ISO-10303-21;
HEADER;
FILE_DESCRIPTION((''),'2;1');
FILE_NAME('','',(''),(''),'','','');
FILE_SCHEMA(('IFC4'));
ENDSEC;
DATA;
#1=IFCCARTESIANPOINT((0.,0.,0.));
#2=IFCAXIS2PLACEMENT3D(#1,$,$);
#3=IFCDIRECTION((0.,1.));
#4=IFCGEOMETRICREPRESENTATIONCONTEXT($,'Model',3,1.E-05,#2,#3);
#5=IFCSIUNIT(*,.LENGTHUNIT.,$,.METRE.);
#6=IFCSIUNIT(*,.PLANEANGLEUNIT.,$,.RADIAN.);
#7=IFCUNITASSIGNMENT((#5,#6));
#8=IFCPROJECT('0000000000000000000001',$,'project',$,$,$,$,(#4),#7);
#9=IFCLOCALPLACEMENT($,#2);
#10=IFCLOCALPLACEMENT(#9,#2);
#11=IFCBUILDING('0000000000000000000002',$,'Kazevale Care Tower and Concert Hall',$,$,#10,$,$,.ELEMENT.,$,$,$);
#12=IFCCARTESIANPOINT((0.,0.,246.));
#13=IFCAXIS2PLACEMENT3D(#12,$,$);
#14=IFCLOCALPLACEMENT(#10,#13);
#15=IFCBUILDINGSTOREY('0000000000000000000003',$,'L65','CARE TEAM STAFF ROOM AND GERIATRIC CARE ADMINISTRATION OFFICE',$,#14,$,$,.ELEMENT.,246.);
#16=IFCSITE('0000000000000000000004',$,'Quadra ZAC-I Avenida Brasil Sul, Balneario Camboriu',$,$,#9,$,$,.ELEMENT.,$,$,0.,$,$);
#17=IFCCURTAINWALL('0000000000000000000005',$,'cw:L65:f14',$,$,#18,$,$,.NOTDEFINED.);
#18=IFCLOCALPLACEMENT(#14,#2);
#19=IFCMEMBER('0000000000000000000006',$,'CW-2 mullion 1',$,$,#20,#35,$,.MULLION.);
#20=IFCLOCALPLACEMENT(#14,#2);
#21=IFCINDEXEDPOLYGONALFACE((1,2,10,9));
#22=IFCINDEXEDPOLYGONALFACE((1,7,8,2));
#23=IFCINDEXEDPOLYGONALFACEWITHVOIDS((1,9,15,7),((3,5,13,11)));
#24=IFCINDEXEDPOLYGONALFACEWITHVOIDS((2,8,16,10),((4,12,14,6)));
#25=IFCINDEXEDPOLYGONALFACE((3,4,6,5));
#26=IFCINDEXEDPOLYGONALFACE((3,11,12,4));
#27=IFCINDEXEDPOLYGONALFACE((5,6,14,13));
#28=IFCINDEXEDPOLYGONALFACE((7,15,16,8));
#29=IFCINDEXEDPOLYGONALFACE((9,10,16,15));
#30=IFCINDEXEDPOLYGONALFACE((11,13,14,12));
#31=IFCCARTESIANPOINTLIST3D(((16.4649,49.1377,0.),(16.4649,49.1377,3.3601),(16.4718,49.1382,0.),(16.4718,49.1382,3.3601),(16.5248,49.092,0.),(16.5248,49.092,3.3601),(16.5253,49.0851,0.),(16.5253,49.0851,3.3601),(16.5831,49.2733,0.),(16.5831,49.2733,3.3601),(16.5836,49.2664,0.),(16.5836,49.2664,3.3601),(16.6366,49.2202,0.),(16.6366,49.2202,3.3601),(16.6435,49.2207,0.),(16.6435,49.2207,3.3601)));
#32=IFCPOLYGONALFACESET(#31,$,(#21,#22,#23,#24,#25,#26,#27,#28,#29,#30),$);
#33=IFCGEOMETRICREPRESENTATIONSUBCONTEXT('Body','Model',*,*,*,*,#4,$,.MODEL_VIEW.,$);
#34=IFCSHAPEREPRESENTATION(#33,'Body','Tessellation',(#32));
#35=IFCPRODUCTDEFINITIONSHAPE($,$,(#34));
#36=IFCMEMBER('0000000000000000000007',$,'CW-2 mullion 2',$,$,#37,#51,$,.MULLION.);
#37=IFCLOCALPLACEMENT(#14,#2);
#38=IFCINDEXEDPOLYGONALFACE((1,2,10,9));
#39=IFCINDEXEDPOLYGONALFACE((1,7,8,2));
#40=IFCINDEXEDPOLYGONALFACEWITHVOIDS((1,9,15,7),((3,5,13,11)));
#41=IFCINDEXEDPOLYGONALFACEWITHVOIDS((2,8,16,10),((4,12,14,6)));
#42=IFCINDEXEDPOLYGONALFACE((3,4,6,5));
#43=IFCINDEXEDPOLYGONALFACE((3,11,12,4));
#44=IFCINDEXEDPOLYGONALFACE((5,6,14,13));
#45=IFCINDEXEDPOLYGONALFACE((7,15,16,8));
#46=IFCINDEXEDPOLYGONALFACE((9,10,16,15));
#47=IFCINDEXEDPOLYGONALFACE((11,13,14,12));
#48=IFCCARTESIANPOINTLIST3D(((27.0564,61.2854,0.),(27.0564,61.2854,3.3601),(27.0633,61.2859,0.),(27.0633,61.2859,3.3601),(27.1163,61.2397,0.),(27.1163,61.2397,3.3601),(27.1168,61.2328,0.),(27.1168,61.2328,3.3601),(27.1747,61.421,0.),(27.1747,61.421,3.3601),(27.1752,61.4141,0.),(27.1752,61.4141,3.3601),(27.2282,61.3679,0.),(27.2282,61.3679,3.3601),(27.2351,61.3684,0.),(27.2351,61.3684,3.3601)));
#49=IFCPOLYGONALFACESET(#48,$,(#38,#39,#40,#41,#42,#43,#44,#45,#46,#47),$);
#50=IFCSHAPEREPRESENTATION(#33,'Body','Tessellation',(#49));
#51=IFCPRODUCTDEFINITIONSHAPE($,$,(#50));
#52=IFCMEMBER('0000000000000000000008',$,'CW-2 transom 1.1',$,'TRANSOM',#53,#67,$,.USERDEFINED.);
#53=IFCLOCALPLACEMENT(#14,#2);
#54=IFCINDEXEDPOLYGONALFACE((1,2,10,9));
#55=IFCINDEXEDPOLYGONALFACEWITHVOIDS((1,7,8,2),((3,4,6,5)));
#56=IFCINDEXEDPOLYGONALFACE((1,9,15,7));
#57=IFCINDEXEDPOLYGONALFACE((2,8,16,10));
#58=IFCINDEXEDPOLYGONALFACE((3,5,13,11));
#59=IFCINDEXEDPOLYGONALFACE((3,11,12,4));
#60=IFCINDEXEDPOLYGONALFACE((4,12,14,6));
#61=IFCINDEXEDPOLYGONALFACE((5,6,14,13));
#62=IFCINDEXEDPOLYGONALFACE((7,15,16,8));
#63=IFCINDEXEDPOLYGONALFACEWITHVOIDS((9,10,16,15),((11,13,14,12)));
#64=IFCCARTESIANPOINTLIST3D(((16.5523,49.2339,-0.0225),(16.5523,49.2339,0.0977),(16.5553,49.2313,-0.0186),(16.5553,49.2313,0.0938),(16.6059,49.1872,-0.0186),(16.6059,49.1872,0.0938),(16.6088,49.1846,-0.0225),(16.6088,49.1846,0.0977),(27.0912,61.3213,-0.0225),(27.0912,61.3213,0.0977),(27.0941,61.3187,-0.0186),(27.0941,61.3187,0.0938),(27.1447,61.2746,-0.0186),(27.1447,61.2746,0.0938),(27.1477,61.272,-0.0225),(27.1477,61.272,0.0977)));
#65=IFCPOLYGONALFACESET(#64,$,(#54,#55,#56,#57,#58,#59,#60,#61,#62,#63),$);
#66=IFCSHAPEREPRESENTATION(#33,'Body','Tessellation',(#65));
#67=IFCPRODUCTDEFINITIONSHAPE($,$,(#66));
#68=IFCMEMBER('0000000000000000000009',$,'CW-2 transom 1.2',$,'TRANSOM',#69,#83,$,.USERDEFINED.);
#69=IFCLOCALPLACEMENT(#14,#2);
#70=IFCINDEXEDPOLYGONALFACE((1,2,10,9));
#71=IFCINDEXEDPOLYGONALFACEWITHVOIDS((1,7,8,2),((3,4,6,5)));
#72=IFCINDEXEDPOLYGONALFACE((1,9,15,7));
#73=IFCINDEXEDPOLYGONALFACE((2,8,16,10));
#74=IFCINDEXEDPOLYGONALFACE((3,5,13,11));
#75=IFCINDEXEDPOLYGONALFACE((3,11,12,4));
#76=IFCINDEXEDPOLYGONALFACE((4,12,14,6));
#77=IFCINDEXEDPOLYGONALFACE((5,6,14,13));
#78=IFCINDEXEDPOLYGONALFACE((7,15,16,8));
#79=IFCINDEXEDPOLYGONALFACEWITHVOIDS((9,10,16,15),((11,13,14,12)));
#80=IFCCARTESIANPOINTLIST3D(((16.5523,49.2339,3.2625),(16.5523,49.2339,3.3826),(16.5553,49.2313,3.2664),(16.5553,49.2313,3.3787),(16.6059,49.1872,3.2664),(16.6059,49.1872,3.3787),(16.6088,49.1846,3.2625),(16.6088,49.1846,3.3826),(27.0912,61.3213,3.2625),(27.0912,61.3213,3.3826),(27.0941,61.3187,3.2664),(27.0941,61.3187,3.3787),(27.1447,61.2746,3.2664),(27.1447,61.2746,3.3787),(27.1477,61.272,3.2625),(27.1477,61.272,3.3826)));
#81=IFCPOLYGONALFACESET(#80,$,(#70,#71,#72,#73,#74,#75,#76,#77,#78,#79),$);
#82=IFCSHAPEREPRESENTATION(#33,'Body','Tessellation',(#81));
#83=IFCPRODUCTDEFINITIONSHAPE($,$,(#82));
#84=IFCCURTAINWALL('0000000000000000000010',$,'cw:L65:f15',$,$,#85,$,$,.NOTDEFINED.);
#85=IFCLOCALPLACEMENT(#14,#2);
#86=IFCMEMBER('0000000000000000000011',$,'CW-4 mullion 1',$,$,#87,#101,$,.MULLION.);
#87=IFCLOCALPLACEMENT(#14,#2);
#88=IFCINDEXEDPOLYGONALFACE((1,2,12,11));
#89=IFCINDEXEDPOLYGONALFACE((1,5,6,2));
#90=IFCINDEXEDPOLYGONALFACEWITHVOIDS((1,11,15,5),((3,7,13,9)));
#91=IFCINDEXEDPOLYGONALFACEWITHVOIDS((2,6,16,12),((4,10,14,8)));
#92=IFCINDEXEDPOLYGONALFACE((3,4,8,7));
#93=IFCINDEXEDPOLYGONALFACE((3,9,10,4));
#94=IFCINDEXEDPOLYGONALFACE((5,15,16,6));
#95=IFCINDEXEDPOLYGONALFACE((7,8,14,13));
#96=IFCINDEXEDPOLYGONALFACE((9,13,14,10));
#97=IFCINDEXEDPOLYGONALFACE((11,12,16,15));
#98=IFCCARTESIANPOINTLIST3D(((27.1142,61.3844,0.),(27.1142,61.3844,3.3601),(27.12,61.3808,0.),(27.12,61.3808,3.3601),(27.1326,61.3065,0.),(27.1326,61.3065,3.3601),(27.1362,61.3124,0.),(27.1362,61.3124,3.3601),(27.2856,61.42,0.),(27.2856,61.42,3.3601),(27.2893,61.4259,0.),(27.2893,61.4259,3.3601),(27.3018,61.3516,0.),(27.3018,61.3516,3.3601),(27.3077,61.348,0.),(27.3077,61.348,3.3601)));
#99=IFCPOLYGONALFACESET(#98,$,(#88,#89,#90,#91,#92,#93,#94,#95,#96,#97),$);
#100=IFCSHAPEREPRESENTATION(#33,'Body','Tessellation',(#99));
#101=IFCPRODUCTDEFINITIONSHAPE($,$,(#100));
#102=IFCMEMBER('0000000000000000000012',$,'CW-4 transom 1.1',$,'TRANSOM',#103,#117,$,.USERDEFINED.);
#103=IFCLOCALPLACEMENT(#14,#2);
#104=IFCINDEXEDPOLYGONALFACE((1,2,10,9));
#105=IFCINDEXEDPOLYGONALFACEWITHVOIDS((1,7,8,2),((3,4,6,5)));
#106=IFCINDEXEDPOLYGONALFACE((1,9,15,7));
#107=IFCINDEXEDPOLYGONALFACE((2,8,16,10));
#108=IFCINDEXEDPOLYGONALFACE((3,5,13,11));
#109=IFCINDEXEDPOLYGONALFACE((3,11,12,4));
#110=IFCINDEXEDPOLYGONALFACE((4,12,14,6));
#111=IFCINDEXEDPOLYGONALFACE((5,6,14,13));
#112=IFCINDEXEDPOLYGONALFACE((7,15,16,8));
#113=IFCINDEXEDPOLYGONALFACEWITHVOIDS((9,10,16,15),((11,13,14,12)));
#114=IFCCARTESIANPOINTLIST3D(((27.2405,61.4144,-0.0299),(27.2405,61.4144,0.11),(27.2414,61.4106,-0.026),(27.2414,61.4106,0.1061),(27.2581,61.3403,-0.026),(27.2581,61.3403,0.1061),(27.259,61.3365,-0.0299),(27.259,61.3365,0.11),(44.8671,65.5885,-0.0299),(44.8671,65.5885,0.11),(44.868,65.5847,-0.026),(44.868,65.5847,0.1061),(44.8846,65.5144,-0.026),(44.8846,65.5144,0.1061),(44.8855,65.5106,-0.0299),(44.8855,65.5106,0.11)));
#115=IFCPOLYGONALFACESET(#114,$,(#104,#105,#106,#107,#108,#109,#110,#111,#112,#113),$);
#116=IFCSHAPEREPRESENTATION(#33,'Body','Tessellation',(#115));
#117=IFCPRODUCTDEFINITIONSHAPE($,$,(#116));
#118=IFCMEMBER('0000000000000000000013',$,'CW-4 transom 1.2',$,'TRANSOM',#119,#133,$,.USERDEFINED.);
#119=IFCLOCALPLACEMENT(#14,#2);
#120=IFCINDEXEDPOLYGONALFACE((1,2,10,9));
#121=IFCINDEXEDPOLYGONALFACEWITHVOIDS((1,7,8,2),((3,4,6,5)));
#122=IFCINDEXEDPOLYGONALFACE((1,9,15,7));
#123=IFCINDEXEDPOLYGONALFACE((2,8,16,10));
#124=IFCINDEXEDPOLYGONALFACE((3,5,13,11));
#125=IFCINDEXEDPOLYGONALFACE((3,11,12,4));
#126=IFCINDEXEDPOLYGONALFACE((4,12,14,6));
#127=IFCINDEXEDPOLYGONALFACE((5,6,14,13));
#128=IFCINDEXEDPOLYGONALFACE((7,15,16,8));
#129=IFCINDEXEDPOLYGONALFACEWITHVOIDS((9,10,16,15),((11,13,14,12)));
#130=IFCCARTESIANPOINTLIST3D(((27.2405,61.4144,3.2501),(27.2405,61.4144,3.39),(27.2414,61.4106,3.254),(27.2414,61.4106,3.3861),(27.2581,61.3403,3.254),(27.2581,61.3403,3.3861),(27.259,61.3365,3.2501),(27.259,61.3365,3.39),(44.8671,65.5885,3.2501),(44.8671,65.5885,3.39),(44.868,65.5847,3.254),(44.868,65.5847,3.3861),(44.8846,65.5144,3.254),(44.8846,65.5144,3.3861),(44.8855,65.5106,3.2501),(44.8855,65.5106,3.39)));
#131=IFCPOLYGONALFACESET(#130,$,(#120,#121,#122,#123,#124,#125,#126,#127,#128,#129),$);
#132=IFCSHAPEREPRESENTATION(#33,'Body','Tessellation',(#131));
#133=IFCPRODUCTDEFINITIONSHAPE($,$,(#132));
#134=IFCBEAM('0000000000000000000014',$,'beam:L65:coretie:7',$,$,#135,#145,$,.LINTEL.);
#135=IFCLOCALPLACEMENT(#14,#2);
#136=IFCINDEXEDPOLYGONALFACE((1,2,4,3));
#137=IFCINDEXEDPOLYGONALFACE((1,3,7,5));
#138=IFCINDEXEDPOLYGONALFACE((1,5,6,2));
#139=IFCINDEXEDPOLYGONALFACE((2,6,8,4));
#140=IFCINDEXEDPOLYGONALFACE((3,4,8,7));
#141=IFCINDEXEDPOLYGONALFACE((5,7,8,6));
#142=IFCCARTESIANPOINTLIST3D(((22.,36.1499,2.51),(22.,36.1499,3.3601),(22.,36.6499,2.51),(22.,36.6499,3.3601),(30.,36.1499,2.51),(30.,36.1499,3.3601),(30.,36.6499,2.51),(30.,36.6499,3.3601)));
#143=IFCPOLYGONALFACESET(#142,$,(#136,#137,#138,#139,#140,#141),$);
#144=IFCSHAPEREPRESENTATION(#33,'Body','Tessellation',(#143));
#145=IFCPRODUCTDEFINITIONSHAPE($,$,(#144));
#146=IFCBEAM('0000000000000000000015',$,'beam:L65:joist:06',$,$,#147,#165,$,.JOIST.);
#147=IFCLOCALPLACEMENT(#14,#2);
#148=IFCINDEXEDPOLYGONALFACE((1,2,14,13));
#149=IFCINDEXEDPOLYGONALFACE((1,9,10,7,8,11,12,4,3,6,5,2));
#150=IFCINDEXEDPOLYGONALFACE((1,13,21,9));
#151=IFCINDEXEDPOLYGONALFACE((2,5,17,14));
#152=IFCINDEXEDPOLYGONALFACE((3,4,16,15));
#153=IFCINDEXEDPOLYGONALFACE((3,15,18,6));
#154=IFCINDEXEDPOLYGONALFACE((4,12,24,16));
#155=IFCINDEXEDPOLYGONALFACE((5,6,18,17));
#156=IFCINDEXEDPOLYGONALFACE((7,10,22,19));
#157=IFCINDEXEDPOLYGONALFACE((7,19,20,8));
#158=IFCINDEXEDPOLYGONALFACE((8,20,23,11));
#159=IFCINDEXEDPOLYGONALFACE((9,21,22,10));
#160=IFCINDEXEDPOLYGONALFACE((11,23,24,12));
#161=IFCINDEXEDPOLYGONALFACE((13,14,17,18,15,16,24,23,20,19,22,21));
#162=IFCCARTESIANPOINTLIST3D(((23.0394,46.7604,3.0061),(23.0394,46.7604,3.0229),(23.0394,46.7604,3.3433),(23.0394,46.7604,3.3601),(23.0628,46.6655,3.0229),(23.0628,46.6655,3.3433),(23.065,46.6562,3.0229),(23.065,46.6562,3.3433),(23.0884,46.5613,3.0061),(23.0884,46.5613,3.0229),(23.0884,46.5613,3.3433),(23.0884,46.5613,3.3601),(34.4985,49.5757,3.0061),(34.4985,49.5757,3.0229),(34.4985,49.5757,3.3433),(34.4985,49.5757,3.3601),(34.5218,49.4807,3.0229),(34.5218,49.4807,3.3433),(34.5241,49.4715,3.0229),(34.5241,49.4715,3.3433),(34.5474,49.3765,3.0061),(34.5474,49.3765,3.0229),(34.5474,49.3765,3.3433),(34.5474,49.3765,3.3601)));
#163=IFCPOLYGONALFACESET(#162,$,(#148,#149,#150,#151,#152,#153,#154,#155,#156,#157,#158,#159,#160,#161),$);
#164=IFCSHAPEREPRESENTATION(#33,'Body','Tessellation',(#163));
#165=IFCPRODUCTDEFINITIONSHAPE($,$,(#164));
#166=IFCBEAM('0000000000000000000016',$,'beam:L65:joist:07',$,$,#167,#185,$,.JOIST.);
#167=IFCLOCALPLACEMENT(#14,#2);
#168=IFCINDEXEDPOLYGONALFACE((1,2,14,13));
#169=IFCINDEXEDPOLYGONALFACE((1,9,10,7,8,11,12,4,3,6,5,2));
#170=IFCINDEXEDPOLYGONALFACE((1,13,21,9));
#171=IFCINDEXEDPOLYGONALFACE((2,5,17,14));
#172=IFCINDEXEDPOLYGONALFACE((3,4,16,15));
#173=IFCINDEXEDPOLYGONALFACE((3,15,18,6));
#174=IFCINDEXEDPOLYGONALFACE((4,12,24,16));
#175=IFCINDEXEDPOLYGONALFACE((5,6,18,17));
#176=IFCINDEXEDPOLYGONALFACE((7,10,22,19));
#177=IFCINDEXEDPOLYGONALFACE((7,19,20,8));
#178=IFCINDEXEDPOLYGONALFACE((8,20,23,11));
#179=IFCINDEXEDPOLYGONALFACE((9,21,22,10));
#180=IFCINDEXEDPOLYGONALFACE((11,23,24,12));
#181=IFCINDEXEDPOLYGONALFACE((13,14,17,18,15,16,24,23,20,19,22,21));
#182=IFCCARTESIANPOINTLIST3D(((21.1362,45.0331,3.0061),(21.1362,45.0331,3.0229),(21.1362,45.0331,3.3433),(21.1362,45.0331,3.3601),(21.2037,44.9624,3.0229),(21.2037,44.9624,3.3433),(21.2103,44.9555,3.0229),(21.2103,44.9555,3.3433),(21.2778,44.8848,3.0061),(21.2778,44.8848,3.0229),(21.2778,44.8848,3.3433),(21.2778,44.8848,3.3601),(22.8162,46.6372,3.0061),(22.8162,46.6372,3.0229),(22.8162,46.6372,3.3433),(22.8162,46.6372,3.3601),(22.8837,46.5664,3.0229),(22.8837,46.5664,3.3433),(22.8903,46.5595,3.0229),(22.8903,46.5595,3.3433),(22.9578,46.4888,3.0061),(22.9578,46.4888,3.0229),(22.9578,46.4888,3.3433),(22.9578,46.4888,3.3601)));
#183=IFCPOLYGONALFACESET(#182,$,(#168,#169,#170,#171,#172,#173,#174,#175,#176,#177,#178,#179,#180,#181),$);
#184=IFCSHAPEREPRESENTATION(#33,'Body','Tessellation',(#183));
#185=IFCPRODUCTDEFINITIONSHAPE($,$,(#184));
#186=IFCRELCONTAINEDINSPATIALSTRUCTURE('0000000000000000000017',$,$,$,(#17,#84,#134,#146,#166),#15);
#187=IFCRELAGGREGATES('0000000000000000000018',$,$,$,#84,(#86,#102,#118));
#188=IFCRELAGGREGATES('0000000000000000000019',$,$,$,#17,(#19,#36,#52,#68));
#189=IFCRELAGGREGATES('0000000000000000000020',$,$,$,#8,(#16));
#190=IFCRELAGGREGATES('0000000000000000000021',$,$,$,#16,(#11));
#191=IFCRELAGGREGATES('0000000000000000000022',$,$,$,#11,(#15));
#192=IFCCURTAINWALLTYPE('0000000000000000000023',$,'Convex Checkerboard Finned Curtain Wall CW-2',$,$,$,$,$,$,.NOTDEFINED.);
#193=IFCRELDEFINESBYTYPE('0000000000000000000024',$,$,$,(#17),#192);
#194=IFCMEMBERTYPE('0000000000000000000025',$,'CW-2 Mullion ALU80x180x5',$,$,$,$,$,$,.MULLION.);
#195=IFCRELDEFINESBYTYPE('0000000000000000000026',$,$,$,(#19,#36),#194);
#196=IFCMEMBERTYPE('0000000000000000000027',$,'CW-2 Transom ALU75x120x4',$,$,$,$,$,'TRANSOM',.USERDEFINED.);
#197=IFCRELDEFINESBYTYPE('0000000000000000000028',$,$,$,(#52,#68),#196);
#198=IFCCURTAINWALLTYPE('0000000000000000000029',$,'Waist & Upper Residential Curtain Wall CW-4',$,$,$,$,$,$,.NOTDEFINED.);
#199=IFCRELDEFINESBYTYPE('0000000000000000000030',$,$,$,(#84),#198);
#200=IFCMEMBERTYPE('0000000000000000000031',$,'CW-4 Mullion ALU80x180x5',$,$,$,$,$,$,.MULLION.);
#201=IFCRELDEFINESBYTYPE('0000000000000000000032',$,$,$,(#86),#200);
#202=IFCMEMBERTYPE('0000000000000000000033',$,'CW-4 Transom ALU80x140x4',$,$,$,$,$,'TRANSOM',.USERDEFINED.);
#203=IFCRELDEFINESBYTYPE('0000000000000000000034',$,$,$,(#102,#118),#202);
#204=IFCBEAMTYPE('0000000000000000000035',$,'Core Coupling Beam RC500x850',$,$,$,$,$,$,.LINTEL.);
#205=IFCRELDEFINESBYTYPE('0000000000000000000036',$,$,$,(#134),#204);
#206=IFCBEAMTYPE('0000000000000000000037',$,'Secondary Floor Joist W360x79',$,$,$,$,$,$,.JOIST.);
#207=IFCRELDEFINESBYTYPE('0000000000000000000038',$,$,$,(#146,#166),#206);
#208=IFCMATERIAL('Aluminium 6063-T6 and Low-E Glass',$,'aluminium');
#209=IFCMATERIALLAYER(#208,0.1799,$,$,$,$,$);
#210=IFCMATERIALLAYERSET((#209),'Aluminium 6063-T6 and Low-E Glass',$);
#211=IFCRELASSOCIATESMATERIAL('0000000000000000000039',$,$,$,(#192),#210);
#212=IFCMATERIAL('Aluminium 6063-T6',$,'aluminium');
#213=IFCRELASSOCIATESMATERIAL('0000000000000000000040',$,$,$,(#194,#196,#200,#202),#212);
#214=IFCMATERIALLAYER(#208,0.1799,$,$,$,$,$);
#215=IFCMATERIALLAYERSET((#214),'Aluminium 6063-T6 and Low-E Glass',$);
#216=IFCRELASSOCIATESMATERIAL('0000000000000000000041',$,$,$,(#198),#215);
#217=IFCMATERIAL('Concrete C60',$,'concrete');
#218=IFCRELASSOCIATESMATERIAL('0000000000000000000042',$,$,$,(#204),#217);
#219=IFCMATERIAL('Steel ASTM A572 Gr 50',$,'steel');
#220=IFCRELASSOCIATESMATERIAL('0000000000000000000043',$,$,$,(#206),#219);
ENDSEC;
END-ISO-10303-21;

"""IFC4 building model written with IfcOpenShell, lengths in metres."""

from ifc_helpers import new_model, si_unit, direction, frame, origin, origin_2d, place, context, subcontext, project, spatial, rectangle, hollow_rectangle, i_section, extrude, material, layer, layer_set, material_profile, profile_set, type_object, element, aggregate, save


model = new_model("IFC4")

# Units and contexts
model_context = context("Model", 3, precision=1e-05, world=origin(), true_north=direction((0.0, 1.0)))
body_context = subcontext(model_context, "Body", "Model", "MODEL_VIEW")
ifc_project = project(units=[si_unit("LENGTHUNIT", "METRE"), si_unit("PLANEANGLEUNIT", "RADIAN")], contexts=[model_context])

# Site, building, storey
site_placement = place(None, origin())
site = spatial("IfcSite", under=ifc_project, at=site_placement, Name="Quadra ZAC-I Avenida Brasil Sul, Balneario Camboriu", CompositionType="ELEMENT", RefElevation=0.0)
building_placement = place(site_placement, origin())
building = spatial("IfcBuilding", under=site, at=building_placement, Name="Kazevale Care Tower and Concert Hall", CompositionType="ELEMENT")
storey_placement = place(building_placement, frame((0.0, 0.0, 246.0)))
storey = spatial("IfcBuildingStorey", under=building, at=storey_placement, Name="L65", Description="CARE TEAM STAFF ROOM AND GERIATRIC CARE ADMINISTRATION OFFICE", CompositionType="ELEMENT", Elevation=246.0)

# Curtain walls, members
ifc_material_1 = material(Name="Aluminium 6063-T6 and Low-E Glass", Category="aluminium")
ifc_layer_1 = layer(ifc_material_1, 0.1799)
ifc_layer_set_1 = layer_set([ifc_layer_1], Name="Aluminium 6063-T6 and Low-E Glass")
curtain_wall_type_1 = type_object("IfcCurtainWallType", Name="Convex Checkerboard Finned Curtain Wall CW-2", PredefinedType="NOTDEFINED", material=ifc_layer_set_1)
curtain_wall_1_placement = place(storey_placement, origin())
curtain_wall_1 = element("IfcCurtainWall", 1, at=curtain_wall_1_placement, inside=storey, type_object=curtain_wall_type_1, Name="cw:L65:f14", PredefinedType="NOTDEFINED")
ifc_material_2 = material(Name="Aluminium 6063-T6", Category="aluminium")
ifc_material_profile_1 = material_profile(ifc_material_2, hollow_rectangle(XDim=0.0801, YDim=0.1799, WallThickness=0.0049, at=origin_2d()), Name="ALU80x180x5")
ifc_profile_set_1 = profile_set([ifc_material_profile_1], Name="Aluminium 6063-T6")
member_type_1 = type_object("IfcMemberType", Name="CW-2 Mullion ALU80x180x5", PredefinedType="MULLION", material=ifc_profile_set_1)
member_1_placement = place(storey_placement, frame((16.5542, 49.1792, 0.0), z_axis=(0.0, 0.0, 1.0), x_axis=(-0.753738, 0.657175, 0.0)))
member_1 = element("IfcMember", 2, at=member_1_placement, type_object=member_type_1, Name="CW-2 mullion 1", PredefinedType="MULLION", context=body_context, shape_type="SweptSolid", body=[
    extrude(hollow_rectangle(XDim=0.0801, YDim=0.1799, WallThickness=0.0049, at=origin_2d()), origin(), (0.0, 0.0, 1.0), 3.3601),
])
member_2_placement = place(storey_placement, frame((27.1458, 61.3269, 0.0), z_axis=(0.0, 0.0, 1.0), x_axis=(-0.753738, 0.657175, 0.0)))
member_2 = element("IfcMember", 3, at=member_2_placement, type_object=member_type_1, Name="CW-2 mullion 2", PredefinedType="MULLION", context=body_context, shape_type="SweptSolid", body=[
    extrude(hollow_rectangle(XDim=0.0801, YDim=0.1799, WallThickness=0.0049, at=origin_2d()), origin(), (0.0, 0.0, 1.0), 3.3601),
])
ifc_material_profile_2 = material_profile(ifc_material_2, hollow_rectangle(XDim=0.075, YDim=0.1201, WallThickness=0.0039, at=origin_2d()), Name="ALU75x120x4")
ifc_profile_set_2 = profile_set([ifc_material_profile_2], Name="Aluminium 6063-T6")
member_type_2 = type_object("IfcMemberType", Name="CW-2 Transom ALU75x120x4", ElementType="TRANSOM", PredefinedType="USERDEFINED", material=ifc_profile_set_2)
member_3_placement = place(storey_placement, frame((16.5806, 49.2092, 0.0376), z_axis=(0.657174, 0.753739, 0.0), x_axis=(-0.753739, 0.657174, 0.0)))
member_3 = element("IfcMember", 4, at=member_3_placement, type_object=member_type_2, Name="CW-2 transom 1.1", ObjectType="TRANSOM", PredefinedType="USERDEFINED", context=body_context, shape_type="SweptSolid", body=[
    extrude(hollow_rectangle(XDim=0.075, YDim=0.1201, WallThickness=0.0039, at=origin_2d()), origin(), (0.0, 0.0, 1.0), 16.0366),
])
member_4_placement = place(storey_placement, frame((16.5806, 49.2092, 3.3225), z_axis=(0.657174, 0.753739, 0.0), x_axis=(-0.753739, 0.657174, 0.0)))
member_4 = element("IfcMember", 5, at=member_4_placement, type_object=member_type_2, Name="CW-2 transom 1.2", ObjectType="TRANSOM", PredefinedType="USERDEFINED", context=body_context, shape_type="SweptSolid", body=[
    extrude(hollow_rectangle(XDim=0.075, YDim=0.1201, WallThickness=0.0039, at=origin_2d()), origin(), (0.0, 0.0, 1.0), 16.0366),
])
ifc_layer_2 = layer(ifc_material_1, 0.1799)
ifc_layer_set_2 = layer_set([ifc_layer_2], Name="Aluminium 6063-T6 and Low-E Glass")
curtain_wall_type_2 = type_object("IfcCurtainWallType", Name="Waist & Upper Residential Curtain Wall CW-4", PredefinedType="NOTDEFINED", material=ifc_layer_set_2)
curtain_wall_2_placement = place(storey_placement, origin())
curtain_wall_2 = element("IfcCurtainWall", 6, at=curtain_wall_2_placement, inside=storey, type_object=curtain_wall_type_2, Name="cw:L65:f15", PredefinedType="NOTDEFINED")
ifc_material_profile_3 = material_profile(ifc_material_2, hollow_rectangle(XDim=0.0801, YDim=0.1799, WallThickness=0.0049, at=origin_2d()), Name="ALU80x180x5")
ifc_profile_set_3 = profile_set([ifc_material_profile_3], Name="Aluminium 6063-T6")
member_type_3 = type_object("IfcMemberType", Name="CW-4 Mullion ALU80x180x5", PredefinedType="MULLION", material=ifc_profile_set_3)
member_5_placement = place(storey_placement, frame((27.2109, 61.3662, 0.0), z_axis=(0.0, 0.0, 1.0), x_axis=(-0.230439, 0.973087, 0.0)))
member_5 = element("IfcMember", 7, at=member_5_placement, type_object=member_type_3, Name="CW-4 mullion 1", PredefinedType="MULLION", context=body_context, shape_type="SweptSolid", body=[
    extrude(hollow_rectangle(XDim=0.0801, YDim=0.1799, WallThickness=0.0049, at=origin_2d()), origin(), (0.0, 0.0, 1.0), 3.3601),
])
ifc_material_profile_4 = material_profile(ifc_material_2, hollow_rectangle(XDim=0.0801, YDim=0.1399, WallThickness=0.0039, at=origin_2d()), Name="ALU80x140x4")
ifc_profile_set_4 = profile_set([ifc_material_profile_4], Name="Aluminium 6063-T6")
member_type_4 = type_object("IfcMemberType", Name="CW-4 Transom ALU80x140x4", ElementType="TRANSOM", PredefinedType="USERDEFINED", material=ifc_profile_set_4)
member_6_placement = place(storey_placement, frame((27.2498, 61.3755, 0.04), z_axis=(0.973088, 0.230434, 0.0), x_axis=(-0.230434, 0.973088, 0.0)))
member_6 = element("IfcMember", 8, at=member_6_placement, type_object=member_type_4, Name="CW-4 transom 1.1", ObjectType="TRANSOM", PredefinedType="USERDEFINED", context=body_context, shape_type="SweptSolid", body=[
    extrude(hollow_rectangle(XDim=0.0801, YDim=0.1399, WallThickness=0.0039, at=origin_2d()), origin(), (0.0, 0.0, 1.0), 18.114),
])
member_7_placement = place(storey_placement, frame((27.2498, 61.3755, 3.3201), z_axis=(0.973088, 0.230434, 0.0), x_axis=(-0.230434, 0.973088, 0.0)))
member_7 = element("IfcMember", 9, at=member_7_placement, type_object=member_type_4, Name="CW-4 transom 1.2", ObjectType="TRANSOM", PredefinedType="USERDEFINED", context=body_context, shape_type="SweptSolid", body=[
    extrude(hollow_rectangle(XDim=0.0801, YDim=0.1399, WallThickness=0.0039, at=origin_2d()), origin(), (0.0, 0.0, 1.0), 18.114),
])
aggregate(curtain_wall_2, [member_5, member_6, member_7])

# Beams
ifc_material_3 = material(Name="Concrete C60", Category="concrete")
ifc_material_profile_5 = material_profile(ifc_material_3, rectangle(XDim=0.5, YDim=0.8501, at=origin_2d()), Name="RC-B500x850")
ifc_profile_set_5 = profile_set([ifc_material_profile_5], Name="Concrete C60")
beam_type_1 = type_object("IfcBeamType", Name="Core Coupling Beam RC500x850", PredefinedType="LINTEL", material=ifc_profile_set_5)
beam_1_placement = place(storey_placement, frame((30.0, 36.3999, 2.9351), z_axis=(-1.0, 0.0, 0.0), x_axis=(0.0, -1.0, 0.0)))
element("IfcBeam", 10, at=beam_1_placement, inside=storey, type_object=beam_type_1, Name="beam:L65:coretie:7", PredefinedType="LINTEL", context=body_context, shape_type="SweptSolid", body=[
    extrude(rectangle(XDim=0.5, YDim=0.8501, at=origin_2d()), origin(), (0.0, 0.0, 1.0), 8.0),
])
ifc_material_4 = material(Name="Steel ASTM A572 Gr 50", Category="steel")
ifc_material_profile_6 = material_profile(ifc_material_4, i_section(OverallWidth=0.2051, OverallDepth=0.354, WebThickness=0.0095, FlangeThickness=0.0168, at=origin_2d()), Name="W360x79")
ifc_profile_set_6 = profile_set([ifc_material_profile_6], Name="Steel ASTM A572 Gr 50")
beam_type_2 = type_object("IfcBeamType", Name="Secondary Floor Joist W360x79", PredefinedType="JOIST", material=ifc_profile_set_6)
beam_2_placement = place(storey_placement, frame((34.5229, 49.4761, 3.1831), z_axis=(-0.971123, -0.238581, 0.0), x_axis=(0.238581, -0.971123, 0.0)))
element("IfcBeam", 11, at=beam_2_placement, inside=storey, type_object=beam_type_2, Name="beam:L65:joist:06", PredefinedType="JOIST", context=body_context, shape_type="SweptSolid", body=[
    extrude(i_section(OverallWidth=0.2051, OverallDepth=0.354, WebThickness=0.0095, FlangeThickness=0.0168, at=origin_2d()), origin(), (0.0, 0.0, 1.0), 11.7998),
])
beam_3_placement = place(storey_placement, frame((22.887, 46.563, 3.1831), z_axis=(-0.723262, -0.690573, 0.0), x_axis=(0.690573, -0.723262, 0.0)))
element("IfcBeam", 12, at=beam_3_placement, inside=storey, type_object=beam_type_2, Name="beam:L65:joist:07", PredefinedType="JOIST", context=body_context, shape_type="SweptSolid", body=[
    extrude(i_section(OverallWidth=0.2051, OverallDepth=0.354, WebThickness=0.0095, FlangeThickness=0.0168, at=origin_2d()), origin(), (0.0, 0.0, 1.0), 2.3228),
])

aggregate(curtain_wall_1, [member_1, member_2, member_3, member_4])

save(model, "model.ifc")
